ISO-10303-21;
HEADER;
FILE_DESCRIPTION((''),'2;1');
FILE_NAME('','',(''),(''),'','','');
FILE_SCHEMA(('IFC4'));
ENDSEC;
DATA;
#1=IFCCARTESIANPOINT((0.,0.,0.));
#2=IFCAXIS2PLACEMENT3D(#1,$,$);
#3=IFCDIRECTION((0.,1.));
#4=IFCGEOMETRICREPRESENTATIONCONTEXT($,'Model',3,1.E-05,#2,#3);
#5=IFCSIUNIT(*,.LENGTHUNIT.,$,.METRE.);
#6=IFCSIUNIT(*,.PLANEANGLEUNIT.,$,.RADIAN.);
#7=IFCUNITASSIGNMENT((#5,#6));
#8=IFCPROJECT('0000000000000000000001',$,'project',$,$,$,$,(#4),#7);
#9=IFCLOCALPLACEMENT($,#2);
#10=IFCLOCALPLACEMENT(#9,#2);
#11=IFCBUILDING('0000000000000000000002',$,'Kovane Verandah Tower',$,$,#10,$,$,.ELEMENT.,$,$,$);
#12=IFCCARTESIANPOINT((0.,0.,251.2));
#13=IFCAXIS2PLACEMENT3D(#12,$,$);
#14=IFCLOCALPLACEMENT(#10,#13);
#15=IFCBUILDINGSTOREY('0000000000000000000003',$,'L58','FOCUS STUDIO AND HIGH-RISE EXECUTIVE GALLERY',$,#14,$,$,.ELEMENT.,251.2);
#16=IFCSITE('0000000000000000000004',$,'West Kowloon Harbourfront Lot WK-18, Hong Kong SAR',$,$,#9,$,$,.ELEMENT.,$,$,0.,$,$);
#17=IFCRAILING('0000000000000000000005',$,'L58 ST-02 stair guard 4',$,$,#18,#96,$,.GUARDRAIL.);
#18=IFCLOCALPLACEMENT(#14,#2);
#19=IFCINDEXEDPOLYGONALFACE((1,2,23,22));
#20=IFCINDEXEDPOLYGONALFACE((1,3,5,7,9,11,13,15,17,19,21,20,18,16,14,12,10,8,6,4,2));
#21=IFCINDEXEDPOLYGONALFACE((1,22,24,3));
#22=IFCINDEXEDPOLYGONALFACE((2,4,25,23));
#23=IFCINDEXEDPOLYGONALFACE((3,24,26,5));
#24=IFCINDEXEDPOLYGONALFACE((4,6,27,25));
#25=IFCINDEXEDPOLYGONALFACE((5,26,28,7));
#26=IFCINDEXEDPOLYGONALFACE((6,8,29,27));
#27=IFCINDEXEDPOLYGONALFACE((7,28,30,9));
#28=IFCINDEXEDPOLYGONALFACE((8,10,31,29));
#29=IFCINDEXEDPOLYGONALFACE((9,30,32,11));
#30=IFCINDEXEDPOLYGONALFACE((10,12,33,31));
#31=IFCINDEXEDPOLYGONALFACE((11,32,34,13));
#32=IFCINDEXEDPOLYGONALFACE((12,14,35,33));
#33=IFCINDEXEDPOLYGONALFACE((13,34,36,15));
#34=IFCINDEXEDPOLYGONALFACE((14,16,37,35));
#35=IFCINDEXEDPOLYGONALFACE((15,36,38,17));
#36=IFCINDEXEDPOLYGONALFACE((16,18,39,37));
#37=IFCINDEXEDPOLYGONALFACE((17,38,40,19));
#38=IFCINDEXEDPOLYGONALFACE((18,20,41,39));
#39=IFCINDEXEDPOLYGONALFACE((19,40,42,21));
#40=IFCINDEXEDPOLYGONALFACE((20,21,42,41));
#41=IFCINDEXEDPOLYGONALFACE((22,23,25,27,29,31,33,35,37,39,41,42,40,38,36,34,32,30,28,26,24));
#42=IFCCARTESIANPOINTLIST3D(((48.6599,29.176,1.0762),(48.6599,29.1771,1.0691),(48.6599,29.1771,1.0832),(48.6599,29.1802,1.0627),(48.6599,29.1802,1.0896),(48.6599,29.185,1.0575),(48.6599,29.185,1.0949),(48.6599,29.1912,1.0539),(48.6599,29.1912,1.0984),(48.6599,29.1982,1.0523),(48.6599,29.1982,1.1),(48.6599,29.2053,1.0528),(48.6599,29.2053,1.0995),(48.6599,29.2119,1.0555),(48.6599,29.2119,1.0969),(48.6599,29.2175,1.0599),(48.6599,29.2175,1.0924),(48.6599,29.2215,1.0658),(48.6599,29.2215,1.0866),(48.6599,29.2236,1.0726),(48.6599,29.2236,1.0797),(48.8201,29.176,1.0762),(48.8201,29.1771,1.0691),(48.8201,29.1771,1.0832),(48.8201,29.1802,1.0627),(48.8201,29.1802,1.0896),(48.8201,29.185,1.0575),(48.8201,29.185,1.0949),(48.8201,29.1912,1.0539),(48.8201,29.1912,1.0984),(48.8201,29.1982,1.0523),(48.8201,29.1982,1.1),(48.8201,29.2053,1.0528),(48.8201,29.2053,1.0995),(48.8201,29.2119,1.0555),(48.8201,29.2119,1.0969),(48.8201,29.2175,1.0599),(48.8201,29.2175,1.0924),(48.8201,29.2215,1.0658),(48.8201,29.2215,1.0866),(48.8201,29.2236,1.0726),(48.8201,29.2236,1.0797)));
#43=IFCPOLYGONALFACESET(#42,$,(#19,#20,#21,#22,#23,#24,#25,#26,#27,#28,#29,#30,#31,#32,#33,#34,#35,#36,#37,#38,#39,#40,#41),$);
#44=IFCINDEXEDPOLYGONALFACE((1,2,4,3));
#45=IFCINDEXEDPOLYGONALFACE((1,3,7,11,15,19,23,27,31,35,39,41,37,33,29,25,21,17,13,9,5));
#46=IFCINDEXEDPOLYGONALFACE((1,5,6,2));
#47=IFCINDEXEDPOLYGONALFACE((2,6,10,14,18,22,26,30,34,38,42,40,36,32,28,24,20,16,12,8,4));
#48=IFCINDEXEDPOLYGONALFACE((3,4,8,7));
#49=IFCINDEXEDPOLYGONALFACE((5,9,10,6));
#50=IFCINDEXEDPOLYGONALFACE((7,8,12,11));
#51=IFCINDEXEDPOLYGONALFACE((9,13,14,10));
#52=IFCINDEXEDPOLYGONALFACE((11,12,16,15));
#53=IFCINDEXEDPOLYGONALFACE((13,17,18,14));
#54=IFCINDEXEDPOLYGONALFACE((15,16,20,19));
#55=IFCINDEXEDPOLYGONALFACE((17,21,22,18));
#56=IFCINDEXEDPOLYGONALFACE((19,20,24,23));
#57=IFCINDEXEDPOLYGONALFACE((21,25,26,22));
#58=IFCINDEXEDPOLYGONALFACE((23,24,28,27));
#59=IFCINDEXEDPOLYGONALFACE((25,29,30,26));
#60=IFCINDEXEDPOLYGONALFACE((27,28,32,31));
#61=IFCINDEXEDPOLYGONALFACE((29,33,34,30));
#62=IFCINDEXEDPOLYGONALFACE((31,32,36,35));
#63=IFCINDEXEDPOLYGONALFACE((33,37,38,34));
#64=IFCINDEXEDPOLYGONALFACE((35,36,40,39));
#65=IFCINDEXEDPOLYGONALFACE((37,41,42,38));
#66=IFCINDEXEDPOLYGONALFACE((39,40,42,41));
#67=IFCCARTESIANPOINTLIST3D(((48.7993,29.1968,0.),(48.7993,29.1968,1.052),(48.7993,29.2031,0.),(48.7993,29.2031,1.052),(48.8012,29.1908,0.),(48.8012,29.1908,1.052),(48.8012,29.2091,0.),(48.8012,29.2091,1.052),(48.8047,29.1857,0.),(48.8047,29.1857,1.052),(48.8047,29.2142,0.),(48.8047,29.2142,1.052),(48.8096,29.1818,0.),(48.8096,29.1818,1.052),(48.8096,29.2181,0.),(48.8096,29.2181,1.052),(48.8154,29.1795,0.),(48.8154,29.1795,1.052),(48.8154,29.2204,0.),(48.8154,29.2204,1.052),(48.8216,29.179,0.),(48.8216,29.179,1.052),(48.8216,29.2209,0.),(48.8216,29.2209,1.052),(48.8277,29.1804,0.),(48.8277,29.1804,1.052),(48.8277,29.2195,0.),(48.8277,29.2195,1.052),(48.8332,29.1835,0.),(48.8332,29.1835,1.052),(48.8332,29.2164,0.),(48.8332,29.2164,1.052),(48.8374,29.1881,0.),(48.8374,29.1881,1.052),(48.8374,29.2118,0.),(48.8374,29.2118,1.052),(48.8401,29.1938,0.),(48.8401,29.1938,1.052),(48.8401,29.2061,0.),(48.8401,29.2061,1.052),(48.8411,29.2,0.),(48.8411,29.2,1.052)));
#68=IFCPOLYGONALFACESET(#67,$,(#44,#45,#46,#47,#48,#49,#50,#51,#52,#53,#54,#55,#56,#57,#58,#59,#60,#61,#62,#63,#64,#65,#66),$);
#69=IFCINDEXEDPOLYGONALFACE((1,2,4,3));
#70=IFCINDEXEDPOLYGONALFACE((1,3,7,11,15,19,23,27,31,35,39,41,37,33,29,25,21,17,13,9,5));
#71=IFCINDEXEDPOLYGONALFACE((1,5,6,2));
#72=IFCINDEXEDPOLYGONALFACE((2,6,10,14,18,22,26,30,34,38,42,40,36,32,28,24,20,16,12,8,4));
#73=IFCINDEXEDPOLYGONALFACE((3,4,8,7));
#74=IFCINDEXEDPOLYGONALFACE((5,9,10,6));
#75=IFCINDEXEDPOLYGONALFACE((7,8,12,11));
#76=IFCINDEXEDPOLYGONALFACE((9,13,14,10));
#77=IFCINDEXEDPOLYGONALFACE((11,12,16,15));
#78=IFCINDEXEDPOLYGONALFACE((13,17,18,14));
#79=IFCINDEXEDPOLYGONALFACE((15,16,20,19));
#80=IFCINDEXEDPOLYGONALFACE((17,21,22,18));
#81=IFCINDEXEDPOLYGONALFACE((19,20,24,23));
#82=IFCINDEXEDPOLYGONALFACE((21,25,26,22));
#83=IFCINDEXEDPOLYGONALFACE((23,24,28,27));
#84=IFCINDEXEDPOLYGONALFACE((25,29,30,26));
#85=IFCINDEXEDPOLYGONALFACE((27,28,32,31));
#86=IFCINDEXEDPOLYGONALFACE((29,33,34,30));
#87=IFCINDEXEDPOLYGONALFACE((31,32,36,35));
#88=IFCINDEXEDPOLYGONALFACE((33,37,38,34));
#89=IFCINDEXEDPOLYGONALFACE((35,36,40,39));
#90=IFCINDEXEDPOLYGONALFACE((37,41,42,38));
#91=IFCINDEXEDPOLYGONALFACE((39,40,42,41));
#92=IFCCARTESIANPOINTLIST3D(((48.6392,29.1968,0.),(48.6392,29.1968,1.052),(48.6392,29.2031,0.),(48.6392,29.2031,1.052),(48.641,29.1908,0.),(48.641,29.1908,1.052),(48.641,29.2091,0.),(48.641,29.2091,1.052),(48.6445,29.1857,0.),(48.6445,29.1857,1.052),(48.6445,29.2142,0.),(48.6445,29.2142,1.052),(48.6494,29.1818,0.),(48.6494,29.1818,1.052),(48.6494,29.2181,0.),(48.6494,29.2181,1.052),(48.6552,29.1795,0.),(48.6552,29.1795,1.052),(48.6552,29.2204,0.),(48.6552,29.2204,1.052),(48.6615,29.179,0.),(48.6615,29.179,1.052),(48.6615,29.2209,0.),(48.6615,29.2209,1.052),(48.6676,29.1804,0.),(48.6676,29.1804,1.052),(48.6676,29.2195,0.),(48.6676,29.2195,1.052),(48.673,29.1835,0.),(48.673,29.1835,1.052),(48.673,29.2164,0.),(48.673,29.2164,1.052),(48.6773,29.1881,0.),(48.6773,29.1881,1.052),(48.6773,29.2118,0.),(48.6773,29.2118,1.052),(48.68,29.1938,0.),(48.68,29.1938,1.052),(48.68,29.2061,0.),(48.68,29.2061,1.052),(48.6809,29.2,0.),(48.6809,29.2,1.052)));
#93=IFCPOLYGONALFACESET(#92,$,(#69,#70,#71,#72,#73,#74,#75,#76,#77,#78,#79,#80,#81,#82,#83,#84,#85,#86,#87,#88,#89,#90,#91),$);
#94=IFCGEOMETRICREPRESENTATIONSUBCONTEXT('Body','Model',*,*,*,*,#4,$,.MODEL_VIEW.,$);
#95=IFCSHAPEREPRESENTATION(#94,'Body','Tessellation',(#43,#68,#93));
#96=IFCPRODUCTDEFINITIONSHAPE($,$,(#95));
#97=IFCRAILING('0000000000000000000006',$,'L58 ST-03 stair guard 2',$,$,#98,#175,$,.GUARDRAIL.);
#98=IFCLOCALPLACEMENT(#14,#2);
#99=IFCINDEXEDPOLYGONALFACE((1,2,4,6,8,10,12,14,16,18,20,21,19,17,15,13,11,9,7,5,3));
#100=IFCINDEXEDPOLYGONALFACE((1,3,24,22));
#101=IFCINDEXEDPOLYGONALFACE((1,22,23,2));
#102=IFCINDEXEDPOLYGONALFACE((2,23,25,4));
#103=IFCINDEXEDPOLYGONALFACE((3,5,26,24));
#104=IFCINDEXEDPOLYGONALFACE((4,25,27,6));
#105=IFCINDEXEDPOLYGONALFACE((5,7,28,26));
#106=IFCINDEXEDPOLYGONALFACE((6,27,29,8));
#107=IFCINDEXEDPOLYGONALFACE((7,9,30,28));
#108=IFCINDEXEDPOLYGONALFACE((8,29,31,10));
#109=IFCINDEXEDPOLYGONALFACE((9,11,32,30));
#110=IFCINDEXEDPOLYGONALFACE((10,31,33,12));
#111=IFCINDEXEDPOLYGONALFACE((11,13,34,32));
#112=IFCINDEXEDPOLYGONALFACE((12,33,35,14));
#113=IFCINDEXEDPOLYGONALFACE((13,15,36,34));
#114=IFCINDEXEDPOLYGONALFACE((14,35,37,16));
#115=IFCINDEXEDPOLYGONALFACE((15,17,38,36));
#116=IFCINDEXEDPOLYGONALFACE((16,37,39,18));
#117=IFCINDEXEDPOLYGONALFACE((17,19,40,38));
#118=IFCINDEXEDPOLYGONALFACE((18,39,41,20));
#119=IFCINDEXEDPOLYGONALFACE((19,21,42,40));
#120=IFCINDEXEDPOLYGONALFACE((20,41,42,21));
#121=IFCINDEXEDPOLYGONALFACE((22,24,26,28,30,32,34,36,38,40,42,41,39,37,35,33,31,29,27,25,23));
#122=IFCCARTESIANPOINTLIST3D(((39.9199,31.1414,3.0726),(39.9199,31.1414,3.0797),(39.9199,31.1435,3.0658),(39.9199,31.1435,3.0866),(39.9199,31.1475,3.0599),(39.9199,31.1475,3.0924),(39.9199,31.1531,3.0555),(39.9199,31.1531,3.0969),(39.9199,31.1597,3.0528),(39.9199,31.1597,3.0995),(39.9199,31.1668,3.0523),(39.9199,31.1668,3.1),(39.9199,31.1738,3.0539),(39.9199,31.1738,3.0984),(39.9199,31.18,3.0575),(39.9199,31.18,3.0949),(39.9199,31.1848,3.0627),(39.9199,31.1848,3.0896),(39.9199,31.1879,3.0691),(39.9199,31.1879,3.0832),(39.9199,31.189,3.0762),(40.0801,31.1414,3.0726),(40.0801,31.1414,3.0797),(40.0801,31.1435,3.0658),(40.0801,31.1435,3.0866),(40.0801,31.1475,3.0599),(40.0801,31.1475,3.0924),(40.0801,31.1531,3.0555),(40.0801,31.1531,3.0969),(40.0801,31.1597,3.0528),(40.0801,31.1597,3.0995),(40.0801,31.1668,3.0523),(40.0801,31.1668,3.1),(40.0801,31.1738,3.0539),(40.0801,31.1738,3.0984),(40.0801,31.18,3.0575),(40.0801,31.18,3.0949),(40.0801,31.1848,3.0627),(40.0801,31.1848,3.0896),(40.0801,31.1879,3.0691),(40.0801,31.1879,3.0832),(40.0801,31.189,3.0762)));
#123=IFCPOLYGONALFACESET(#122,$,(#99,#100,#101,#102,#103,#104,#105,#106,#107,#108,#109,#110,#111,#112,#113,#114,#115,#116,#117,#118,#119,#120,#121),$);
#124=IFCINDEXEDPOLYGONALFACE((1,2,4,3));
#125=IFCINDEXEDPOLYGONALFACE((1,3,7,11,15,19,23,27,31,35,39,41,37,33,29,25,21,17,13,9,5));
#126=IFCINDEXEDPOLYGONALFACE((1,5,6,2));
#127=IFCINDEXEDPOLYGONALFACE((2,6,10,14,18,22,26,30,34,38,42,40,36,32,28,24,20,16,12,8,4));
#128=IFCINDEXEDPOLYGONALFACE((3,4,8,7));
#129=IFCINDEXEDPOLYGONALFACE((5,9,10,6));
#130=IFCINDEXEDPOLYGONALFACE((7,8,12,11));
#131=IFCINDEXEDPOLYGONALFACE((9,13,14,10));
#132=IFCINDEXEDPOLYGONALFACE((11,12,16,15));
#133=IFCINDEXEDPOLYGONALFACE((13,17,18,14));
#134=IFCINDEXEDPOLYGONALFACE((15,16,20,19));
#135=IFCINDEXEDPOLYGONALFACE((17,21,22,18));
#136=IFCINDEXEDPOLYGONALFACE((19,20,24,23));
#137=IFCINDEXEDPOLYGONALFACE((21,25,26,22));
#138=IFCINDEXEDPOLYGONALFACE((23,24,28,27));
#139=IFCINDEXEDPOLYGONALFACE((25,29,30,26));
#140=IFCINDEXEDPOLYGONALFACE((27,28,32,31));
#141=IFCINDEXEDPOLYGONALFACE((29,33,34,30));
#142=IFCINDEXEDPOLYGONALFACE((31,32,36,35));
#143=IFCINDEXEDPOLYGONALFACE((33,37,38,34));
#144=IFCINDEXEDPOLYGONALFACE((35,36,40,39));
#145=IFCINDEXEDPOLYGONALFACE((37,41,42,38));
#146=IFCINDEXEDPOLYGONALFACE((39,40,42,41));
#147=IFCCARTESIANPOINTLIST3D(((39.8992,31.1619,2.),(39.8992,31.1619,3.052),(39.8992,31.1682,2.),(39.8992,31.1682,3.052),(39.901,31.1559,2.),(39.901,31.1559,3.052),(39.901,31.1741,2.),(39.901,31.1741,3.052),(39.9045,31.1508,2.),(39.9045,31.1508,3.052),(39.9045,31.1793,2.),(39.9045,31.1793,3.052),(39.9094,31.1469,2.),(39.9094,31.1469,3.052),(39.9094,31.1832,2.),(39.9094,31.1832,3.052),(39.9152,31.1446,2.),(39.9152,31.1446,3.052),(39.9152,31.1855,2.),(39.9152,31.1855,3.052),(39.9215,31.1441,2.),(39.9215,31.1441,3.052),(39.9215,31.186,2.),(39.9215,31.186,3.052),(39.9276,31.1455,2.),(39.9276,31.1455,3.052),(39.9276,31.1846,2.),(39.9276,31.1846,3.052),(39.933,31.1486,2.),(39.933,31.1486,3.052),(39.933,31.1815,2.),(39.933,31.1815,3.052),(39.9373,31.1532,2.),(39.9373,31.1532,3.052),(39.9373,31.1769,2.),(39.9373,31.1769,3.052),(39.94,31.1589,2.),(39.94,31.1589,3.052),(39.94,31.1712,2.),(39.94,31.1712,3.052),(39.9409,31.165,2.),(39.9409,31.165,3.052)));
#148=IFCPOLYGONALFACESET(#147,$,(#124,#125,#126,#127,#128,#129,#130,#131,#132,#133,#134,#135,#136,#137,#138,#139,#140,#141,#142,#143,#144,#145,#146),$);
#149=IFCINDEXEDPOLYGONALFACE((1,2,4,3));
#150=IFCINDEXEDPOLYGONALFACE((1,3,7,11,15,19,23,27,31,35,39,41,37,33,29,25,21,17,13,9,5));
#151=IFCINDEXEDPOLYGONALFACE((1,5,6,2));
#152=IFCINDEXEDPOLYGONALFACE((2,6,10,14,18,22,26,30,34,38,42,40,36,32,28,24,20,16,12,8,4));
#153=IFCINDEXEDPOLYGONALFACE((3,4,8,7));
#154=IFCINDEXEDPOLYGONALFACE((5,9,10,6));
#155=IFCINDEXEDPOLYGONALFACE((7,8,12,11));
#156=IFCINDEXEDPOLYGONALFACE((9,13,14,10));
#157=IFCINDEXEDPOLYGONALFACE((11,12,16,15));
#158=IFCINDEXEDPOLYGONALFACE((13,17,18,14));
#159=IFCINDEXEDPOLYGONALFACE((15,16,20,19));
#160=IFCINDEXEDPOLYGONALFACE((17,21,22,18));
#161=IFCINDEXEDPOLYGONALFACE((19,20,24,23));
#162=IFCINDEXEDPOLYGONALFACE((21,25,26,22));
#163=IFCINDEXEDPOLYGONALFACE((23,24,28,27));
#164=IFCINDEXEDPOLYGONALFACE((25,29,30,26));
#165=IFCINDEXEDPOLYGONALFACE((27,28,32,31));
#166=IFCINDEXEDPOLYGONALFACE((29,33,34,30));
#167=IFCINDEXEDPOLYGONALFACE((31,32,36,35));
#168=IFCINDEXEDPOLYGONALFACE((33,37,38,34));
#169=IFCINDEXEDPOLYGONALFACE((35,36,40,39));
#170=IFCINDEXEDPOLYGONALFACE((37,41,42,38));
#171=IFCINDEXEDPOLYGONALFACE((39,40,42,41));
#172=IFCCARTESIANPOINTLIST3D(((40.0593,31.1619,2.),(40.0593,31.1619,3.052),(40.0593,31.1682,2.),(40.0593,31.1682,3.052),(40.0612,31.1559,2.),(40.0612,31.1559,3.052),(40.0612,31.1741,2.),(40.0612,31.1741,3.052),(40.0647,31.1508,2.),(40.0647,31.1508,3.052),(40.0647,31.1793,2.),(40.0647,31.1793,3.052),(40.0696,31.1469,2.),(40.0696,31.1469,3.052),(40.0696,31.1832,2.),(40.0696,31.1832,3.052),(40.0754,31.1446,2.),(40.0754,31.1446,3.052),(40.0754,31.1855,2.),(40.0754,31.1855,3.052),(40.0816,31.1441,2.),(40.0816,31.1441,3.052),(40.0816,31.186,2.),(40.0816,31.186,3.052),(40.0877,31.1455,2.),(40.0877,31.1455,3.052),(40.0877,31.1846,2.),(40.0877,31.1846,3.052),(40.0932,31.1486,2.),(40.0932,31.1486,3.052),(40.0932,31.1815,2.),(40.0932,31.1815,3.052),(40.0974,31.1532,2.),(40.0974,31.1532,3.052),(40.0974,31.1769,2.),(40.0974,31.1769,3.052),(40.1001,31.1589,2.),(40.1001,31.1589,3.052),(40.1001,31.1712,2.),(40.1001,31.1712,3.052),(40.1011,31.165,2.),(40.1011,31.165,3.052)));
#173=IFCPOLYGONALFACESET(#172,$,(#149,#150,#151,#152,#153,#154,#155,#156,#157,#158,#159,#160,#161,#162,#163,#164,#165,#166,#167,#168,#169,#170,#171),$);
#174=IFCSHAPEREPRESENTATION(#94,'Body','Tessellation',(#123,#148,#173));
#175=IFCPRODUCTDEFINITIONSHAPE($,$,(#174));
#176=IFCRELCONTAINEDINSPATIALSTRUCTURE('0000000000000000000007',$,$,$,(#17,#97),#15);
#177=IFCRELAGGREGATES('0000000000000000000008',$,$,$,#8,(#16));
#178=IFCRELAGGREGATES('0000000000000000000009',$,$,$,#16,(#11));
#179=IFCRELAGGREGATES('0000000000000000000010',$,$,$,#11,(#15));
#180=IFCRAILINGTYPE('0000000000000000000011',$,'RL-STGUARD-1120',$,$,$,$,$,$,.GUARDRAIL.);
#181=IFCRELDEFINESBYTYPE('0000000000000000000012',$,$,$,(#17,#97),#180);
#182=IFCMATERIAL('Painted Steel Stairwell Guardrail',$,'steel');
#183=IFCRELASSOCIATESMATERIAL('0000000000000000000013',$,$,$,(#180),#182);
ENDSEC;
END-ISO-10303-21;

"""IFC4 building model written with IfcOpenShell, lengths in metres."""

from ifc_helpers import new_model, si_unit, direction, frame, origin, origin_2d, place, context, subcontext, project, spatial, circle, extrude, material, type_object, element, save


model = new_model("IFC4")

# Units and contexts
model_context = context("Model", 3, precision=1e-05, world=origin(), true_north=direction((0.0, 1.0)))
body_context = subcontext(model_context, "Body", "Model", "MODEL_VIEW")
ifc_project = project(units=[si_unit("LENGTHUNIT", "METRE"), si_unit("PLANEANGLEUNIT", "RADIAN")], contexts=[model_context])

# Site, building, storey
site_placement = place(None, origin())
site = spatial("IfcSite", under=ifc_project, at=site_placement, Name="West Kowloon Harbourfront Lot WK-18, Hong Kong SAR", CompositionType="ELEMENT", RefElevation=0.0)
building_placement = place(site_placement, origin())
building = spatial("IfcBuilding", under=site, at=building_placement, Name="Kovane Verandah Tower", CompositionType="ELEMENT")
storey_placement = place(building_placement, frame((0.0, 0.0, 251.2)))
storey = spatial("IfcBuildingStorey", under=building, at=storey_placement, Name="L58", Description="FOCUS STUDIO AND HIGH-RISE EXECUTIVE GALLERY", CompositionType="ELEMENT", Elevation=251.2)

# Railings
ifc_material_1 = material(Name="Painted Steel Stairwell Guardrail", Category="steel")
railing_type_1 = type_object("IfcRailingType", Name="RL-STGUARD-1120", PredefinedType="GUARDRAIL", material=ifc_material_1)
railing_1_placement = place(storey_placement, frame((48.8201, 29.2, 0.0)))
element("IfcRailing", 1, at=railing_1_placement, inside=storey, type_object=railing_type_1, Name="L58 ST-02 stair guard 4", PredefinedType="GUARDRAIL", context=body_context, shape_type="SweptSolid", body=[
    extrude(circle(Radius=0.0239, at=origin_2d()), frame((0.0, 0.0, 1.0762), z_axis=(-1.0, 0.0, 0.0), x_axis=(0.0, -1.0, 0.0)), (0.0, 0.0, 1.0), 0.1602),
    extrude(circle(Radius=0.021, at=origin_2d()), origin(), (0.0, 0.0, 1.0), 1.052),
    extrude(circle(Radius=0.021, at=origin_2d()), frame((-0.1602, 0.0, 0.0)), (0.0, 0.0, 1.0), 1.052),
])
railing_2_placement = place(storey_placement, frame((39.9199, 31.165, 2.0)))
element("IfcRailing", 2, at=railing_2_placement, inside=storey, type_object=railing_type_1, Name="L58 ST-03 stair guard 2", PredefinedType="GUARDRAIL", context=body_context, shape_type="SweptSolid", body=[
    extrude(circle(Radius=0.0239, at=origin_2d()), frame((0.0, 0.0, 1.0762), z_axis=(1.0, 0.0, 0.0), x_axis=(0.0, 1.0, 0.0)), (0.0, 0.0, 1.0), 0.1602),
    extrude(circle(Radius=0.021, at=origin_2d()), origin(), (0.0, 0.0, 1.0), 1.052),
    extrude(circle(Radius=0.021, at=origin_2d()), frame((0.1602, 0.0, 0.0)), (0.0, 0.0, 1.0), 1.052),
])

save(model, "model.ifc")
